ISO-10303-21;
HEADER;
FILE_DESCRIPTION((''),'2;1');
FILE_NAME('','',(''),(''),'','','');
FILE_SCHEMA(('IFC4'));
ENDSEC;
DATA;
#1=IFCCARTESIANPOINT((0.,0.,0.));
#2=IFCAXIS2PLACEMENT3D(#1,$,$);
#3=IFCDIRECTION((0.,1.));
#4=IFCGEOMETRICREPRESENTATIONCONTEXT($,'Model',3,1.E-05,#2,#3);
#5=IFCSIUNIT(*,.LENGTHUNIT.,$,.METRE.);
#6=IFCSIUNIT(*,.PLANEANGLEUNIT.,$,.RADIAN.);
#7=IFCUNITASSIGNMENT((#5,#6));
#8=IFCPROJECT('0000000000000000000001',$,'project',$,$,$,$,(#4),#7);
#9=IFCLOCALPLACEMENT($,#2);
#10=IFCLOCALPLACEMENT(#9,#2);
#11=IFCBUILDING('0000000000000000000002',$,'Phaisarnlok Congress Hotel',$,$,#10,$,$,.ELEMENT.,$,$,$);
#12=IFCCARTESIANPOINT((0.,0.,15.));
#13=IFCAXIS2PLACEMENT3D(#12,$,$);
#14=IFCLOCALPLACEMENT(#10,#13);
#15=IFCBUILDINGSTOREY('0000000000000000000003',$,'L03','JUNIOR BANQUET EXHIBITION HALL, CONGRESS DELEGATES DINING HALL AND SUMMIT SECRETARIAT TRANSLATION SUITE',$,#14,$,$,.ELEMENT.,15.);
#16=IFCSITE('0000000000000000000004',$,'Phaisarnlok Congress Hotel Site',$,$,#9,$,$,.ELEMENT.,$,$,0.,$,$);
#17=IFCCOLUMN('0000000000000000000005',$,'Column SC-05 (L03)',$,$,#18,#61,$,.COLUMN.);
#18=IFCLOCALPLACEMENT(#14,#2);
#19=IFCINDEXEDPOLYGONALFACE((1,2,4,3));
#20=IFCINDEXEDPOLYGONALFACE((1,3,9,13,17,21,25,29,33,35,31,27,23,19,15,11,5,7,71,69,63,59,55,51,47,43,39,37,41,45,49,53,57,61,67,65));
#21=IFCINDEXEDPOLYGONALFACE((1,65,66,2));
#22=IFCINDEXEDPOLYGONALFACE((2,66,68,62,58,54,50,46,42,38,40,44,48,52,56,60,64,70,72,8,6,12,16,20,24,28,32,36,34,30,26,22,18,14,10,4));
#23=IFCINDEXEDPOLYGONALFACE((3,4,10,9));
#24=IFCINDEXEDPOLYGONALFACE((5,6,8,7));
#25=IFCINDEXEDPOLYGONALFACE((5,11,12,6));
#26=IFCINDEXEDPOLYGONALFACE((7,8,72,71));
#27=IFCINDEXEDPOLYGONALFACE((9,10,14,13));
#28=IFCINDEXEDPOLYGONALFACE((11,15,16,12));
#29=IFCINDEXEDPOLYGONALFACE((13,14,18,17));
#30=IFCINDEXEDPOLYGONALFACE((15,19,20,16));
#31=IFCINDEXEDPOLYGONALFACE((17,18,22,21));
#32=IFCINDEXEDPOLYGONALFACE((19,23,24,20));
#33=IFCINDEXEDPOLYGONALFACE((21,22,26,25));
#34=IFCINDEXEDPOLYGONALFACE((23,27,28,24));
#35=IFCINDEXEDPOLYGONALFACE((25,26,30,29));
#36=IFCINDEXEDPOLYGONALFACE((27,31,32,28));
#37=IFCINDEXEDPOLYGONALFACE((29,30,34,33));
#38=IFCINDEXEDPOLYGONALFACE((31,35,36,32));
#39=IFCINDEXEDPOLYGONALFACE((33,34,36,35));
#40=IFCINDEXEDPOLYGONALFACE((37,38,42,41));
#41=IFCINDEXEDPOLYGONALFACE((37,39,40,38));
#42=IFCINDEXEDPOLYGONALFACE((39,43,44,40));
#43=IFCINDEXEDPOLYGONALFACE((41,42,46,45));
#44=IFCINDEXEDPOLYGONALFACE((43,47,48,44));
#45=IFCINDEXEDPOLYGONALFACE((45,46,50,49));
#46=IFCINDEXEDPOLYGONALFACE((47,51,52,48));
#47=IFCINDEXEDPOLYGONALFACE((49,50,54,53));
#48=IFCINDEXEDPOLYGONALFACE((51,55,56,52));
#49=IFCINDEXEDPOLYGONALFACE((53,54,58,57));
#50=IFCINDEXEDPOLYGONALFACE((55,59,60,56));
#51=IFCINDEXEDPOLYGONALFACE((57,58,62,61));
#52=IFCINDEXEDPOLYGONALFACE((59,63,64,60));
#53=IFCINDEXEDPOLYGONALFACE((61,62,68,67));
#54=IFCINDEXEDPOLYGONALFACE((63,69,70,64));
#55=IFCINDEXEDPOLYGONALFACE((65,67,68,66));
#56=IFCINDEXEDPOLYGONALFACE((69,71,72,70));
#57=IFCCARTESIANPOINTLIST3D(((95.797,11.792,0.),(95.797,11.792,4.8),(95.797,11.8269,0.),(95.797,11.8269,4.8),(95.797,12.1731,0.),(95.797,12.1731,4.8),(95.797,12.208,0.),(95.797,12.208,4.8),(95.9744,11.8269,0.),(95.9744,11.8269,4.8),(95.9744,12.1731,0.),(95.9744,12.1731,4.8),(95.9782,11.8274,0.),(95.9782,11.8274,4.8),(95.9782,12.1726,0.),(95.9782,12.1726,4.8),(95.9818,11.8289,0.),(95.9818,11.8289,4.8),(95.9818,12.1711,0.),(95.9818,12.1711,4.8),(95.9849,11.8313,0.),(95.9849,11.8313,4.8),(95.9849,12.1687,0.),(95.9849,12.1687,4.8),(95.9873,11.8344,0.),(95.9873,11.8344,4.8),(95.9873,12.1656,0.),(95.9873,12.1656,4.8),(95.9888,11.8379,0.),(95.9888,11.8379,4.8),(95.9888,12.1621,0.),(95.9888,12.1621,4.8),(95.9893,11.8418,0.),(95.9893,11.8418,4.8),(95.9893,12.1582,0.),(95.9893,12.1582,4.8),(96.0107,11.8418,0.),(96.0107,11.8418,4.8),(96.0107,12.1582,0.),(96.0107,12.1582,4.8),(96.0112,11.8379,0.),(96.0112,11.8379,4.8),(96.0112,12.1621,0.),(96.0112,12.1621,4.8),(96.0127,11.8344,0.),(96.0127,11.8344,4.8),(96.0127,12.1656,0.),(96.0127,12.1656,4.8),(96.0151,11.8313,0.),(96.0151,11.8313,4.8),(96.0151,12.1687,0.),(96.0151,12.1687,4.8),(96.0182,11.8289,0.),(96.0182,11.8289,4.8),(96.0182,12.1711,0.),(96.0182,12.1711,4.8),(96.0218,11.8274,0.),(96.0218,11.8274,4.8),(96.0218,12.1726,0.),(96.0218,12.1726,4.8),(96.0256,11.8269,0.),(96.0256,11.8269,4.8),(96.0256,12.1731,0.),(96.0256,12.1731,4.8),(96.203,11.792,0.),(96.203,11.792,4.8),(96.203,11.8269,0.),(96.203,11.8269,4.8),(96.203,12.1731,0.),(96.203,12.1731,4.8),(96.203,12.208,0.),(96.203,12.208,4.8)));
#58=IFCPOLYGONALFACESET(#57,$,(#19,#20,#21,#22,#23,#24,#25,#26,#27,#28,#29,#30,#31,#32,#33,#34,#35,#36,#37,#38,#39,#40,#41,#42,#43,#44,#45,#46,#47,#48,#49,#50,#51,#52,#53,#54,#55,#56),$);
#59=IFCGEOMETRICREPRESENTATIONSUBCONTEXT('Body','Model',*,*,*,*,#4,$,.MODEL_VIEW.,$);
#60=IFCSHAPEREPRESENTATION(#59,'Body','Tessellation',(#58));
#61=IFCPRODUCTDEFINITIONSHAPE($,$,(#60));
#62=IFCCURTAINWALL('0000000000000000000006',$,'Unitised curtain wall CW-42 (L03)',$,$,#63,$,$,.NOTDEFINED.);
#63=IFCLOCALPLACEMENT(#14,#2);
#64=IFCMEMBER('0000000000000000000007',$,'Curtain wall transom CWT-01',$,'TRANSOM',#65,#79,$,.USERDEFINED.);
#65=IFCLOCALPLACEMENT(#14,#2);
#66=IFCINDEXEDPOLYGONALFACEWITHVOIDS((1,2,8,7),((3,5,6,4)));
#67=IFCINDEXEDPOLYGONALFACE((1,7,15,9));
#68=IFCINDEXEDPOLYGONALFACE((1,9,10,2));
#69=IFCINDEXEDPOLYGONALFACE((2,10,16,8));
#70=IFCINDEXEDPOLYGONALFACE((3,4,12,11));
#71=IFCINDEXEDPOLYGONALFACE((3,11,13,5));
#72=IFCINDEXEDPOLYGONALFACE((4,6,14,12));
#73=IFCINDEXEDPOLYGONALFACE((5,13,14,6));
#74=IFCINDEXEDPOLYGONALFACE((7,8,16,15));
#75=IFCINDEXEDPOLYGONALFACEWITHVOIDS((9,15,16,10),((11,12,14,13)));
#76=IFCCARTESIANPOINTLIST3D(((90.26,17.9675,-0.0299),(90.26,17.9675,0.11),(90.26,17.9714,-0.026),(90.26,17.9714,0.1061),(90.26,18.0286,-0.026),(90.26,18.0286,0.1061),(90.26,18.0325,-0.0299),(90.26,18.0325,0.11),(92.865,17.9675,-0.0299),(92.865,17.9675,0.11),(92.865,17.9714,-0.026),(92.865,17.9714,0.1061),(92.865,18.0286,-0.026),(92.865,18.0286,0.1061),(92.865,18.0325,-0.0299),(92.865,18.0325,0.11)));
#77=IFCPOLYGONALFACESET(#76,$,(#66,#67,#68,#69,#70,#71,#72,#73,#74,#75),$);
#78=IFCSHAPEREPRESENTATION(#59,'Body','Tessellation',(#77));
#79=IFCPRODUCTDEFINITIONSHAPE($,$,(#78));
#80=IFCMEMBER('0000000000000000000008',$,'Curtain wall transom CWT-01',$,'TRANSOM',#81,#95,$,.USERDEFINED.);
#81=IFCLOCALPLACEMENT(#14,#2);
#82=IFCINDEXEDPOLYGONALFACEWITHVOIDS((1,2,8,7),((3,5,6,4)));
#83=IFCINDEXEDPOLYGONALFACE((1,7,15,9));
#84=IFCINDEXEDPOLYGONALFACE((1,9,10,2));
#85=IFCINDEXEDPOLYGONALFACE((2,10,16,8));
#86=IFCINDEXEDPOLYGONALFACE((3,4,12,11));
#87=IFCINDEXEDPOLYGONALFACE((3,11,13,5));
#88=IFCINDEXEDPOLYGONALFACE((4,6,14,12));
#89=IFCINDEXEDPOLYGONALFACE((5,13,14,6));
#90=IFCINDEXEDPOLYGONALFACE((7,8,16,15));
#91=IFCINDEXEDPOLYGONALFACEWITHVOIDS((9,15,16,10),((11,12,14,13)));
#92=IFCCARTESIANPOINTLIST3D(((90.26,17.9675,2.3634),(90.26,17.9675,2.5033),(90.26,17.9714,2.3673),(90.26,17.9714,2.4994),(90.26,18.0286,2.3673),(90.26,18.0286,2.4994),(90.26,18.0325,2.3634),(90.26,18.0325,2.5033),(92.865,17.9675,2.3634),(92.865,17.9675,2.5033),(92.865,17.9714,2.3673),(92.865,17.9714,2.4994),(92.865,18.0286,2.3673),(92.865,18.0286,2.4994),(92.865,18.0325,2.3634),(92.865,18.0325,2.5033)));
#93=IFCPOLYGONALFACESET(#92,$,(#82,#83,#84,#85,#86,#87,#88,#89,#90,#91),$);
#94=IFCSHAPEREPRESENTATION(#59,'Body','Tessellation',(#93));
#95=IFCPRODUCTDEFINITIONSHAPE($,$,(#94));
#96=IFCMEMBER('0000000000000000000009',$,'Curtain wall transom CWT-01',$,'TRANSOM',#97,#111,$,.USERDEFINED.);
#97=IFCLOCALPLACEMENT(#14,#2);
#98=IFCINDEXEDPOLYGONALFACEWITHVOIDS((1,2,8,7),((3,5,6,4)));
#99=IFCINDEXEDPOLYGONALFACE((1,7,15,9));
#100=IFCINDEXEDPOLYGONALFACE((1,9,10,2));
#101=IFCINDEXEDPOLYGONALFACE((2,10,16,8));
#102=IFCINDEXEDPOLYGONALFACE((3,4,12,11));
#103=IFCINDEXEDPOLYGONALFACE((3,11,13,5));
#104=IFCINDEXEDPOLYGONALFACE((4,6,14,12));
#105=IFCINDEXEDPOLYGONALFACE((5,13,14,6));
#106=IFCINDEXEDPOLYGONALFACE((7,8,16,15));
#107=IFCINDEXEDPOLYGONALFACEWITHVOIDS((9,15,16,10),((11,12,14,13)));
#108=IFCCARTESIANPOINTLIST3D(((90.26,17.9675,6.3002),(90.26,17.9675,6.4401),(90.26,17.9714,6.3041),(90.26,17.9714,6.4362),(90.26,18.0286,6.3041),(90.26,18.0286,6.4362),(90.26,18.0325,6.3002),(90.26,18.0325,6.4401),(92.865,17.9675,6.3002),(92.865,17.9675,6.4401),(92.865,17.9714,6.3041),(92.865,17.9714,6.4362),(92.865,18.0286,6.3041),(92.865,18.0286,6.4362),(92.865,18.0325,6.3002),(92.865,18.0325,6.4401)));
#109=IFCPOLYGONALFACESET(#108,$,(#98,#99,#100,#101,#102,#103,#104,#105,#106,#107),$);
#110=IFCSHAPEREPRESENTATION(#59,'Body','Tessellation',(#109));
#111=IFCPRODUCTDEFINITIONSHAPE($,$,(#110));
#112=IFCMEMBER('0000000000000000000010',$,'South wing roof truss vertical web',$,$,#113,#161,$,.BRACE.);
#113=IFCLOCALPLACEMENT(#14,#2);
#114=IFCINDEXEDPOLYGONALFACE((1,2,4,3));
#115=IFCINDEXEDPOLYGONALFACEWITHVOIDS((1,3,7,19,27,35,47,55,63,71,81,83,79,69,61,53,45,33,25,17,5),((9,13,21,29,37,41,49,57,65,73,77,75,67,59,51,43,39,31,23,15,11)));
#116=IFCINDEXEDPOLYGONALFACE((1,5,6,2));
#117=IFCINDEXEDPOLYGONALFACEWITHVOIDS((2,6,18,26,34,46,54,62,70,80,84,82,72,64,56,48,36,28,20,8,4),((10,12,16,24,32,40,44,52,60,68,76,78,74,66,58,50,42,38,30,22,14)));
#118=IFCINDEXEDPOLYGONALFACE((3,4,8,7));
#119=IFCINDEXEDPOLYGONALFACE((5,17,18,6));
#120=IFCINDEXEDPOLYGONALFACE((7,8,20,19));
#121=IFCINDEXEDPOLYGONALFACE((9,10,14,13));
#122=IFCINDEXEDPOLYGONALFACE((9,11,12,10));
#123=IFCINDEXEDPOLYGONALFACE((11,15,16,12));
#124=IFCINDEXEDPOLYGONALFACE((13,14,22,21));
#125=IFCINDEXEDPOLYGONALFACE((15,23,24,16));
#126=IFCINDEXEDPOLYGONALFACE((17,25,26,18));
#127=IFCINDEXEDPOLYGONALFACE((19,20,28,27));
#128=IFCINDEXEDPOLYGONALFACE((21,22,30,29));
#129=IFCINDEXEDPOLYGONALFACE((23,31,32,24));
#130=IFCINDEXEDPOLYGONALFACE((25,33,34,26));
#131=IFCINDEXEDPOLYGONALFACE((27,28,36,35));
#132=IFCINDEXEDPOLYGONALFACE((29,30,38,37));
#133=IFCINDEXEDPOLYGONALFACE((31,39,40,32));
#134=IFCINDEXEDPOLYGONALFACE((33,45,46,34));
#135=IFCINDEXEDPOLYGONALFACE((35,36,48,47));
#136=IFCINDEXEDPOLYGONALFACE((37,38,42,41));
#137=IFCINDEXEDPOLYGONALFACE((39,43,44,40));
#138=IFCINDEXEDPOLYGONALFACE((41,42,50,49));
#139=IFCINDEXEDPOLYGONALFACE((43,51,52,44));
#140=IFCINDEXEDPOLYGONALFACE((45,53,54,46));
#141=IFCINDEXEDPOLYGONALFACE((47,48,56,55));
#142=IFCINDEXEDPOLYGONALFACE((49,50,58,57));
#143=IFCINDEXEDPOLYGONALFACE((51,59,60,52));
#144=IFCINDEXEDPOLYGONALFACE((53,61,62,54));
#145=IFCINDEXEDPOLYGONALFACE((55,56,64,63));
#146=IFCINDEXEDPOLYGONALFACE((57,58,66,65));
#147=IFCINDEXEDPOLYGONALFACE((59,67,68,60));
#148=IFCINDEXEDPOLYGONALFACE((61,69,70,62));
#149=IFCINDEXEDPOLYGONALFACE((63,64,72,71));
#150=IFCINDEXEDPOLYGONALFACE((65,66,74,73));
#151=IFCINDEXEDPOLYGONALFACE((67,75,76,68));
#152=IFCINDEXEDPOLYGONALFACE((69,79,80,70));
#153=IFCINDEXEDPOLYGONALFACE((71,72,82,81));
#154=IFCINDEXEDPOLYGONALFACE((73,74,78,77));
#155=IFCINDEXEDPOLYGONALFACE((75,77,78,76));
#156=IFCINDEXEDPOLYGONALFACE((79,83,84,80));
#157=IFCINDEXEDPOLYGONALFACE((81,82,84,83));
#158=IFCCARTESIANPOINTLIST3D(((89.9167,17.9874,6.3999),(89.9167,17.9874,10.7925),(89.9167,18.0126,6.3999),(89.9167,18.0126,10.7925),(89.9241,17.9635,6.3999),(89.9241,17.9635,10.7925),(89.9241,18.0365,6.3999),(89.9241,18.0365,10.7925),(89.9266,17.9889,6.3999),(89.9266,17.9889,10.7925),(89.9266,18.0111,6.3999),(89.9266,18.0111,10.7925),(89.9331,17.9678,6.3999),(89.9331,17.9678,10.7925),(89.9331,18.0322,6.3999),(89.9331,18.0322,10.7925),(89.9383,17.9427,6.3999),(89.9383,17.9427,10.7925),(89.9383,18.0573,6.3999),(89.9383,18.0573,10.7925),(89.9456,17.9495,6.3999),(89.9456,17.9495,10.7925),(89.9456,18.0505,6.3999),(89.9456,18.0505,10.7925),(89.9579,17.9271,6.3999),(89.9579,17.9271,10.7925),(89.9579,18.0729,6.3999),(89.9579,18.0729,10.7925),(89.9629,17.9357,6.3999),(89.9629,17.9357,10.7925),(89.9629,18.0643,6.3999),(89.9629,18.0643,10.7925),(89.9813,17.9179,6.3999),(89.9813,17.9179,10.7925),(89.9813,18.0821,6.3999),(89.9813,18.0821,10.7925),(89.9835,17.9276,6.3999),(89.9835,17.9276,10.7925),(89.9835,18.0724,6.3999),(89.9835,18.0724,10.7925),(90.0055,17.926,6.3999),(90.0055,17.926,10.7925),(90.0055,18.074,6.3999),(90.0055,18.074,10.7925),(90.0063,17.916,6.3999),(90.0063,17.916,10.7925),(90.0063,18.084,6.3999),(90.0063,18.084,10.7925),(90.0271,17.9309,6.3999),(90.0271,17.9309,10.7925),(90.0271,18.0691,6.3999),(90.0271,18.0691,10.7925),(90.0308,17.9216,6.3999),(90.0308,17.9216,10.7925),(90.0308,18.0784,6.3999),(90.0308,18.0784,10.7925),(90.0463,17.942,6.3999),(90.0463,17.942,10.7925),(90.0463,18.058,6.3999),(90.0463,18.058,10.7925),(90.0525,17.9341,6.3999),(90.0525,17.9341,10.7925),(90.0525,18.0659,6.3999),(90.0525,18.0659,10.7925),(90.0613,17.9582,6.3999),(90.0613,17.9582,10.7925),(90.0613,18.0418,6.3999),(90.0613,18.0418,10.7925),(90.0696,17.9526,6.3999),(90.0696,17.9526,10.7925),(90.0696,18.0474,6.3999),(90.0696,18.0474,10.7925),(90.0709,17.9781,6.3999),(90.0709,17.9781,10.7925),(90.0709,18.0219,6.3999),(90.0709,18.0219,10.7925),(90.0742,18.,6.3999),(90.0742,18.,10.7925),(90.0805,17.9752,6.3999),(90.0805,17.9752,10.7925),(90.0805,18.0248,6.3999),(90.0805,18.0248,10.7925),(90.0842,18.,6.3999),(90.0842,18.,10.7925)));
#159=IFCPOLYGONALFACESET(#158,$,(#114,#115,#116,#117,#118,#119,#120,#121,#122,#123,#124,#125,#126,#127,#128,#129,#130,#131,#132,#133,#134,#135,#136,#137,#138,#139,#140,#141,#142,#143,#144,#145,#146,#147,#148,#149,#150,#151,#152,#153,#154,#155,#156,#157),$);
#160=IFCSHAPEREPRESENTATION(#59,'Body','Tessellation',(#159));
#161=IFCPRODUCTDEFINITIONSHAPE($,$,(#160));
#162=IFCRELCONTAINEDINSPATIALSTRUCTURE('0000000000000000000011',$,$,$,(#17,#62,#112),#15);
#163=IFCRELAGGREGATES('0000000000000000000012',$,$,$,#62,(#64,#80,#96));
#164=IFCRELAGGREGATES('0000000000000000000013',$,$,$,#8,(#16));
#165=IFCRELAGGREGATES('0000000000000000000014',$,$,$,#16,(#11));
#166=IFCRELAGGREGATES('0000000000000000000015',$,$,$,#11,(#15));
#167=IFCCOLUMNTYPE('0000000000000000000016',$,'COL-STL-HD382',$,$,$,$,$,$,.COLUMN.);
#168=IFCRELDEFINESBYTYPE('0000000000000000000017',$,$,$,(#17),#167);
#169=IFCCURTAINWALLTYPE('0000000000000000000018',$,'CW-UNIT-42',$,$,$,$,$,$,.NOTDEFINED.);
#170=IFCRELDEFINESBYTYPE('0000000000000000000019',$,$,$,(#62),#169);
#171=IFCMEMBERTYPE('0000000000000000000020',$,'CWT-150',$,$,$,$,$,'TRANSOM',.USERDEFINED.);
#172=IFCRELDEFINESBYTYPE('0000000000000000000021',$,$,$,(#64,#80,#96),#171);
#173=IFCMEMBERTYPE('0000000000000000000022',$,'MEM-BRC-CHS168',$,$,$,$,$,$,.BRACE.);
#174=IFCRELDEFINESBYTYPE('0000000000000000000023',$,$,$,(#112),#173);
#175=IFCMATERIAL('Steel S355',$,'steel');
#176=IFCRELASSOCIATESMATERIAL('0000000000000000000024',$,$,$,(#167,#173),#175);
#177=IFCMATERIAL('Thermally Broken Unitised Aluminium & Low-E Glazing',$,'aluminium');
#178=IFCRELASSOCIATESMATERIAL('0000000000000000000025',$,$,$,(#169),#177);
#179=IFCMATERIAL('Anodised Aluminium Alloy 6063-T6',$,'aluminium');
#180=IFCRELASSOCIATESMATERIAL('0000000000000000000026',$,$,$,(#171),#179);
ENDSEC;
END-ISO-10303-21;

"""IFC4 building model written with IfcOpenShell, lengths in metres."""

from ifc_helpers import new_model, si_unit, direction, frame, origin, origin_2d, place, context, subcontext, project, spatial, hollow_rectangle, hollow_circle, i_section, extrude, material, material_profile, profile_set, type_object, element, aggregate, save


model = new_model("IFC4")

# Units and contexts
model_context = context("Model", 3, precision=1e-05, world=origin(), true_north=direction((0.0, 1.0)))
body_context = subcontext(model_context, "Body", "Model", "MODEL_VIEW")
ifc_project = project(units=[si_unit("LENGTHUNIT", "METRE"), si_unit("PLANEANGLEUNIT", "RADIAN")], contexts=[model_context])

# Site, building, storey
site_placement = place(None, origin())
site = spatial("IfcSite", under=ifc_project, at=site_placement, Name="Phaisarnlok Congress Hotel Site", CompositionType="ELEMENT", RefElevation=0.0)
building_placement = place(site_placement, origin())
building = spatial("IfcBuilding", under=site, at=building_placement, Name="Phaisarnlok Congress Hotel", CompositionType="ELEMENT")
storey_placement = place(building_placement, frame((0.0, 0.0, 15.0)))
storey = spatial("IfcBuildingStorey", under=building, at=storey_placement, Name="L03", Description="JUNIOR BANQUET EXHIBITION HALL, CONGRESS DELEGATES DINING HALL AND SUMMIT SECRETARIAT TRANSLATION SUITE", CompositionType="ELEMENT", Elevation=15.0)

# Column
ifc_material_1 = material(Name="Steel S355", Category="steel")
ifc_material_profile_1 = material_profile(ifc_material_1, i_section(OverallWidth=0.406, OverallDepth=0.416, WebThickness=0.0215, FlangeThickness=0.0349, FilletRadius=0.0149, at=origin_2d()), Name="HD 400x382")
ifc_profile_set_1 = profile_set([ifc_material_profile_1], Name="Steel S355")
column_type = type_object("IfcColumnType", Name="COL-STL-HD382", PredefinedType="COLUMN", material=ifc_profile_set_1)
column_placement = place(storey_placement, frame((96.0, 12.0, 0.0), z_axis=(0.0, 0.0, 1.0), x_axis=(1.0, 0.0, 0.0)))
element("IfcColumn", 1, at=column_placement, inside=storey, type_object=column_type, Name="Column SC-05 (L03)", PredefinedType="COLUMN", context=body_context, shape_type="SweptSolid", body=[
    extrude(i_section(OverallWidth=0.406, OverallDepth=0.416, WebThickness=0.0215, FlangeThickness=0.0349, FilletRadius=0.0149, at=origin_2d()), origin(), (0.0, 0.0, 1.0), 4.8),
])

# Curtain wall, members
ifc_material_2 = material(Name="Thermally Broken Unitised Aluminium & Low-E Glazing", Category="aluminium")
curtain_wall_type = type_object("IfcCurtainWallType", Name="CW-UNIT-42", PredefinedType="NOTDEFINED", material=ifc_material_2)
curtain_wall_placement = place(storey_placement, origin())
curtain_wall = element("IfcCurtainWall", 2, at=curtain_wall_placement, inside=storey, type_object=curtain_wall_type, Name="Unitised curtain wall CW-42 (L03)", PredefinedType="NOTDEFINED")
ifc_material_3 = material(Name="Anodised Aluminium Alloy 6063-T6", Category="aluminium")
ifc_material_profile_2 = material_profile(ifc_material_3, hollow_rectangle(XDim=0.0649, YDim=0.1399, WallThickness=0.0039, at=origin_2d()), Name="ALU-T 65x140x4")
ifc_profile_set_2 = profile_set([ifc_material_profile_2], Name="Anodised Aluminium Alloy 6063-T6")
member_type_1 = type_object("IfcMemberType", Name="CWT-150", ElementType="TRANSOM", PredefinedType="USERDEFINED", material=ifc_profile_set_2)
member_1_placement = place(storey_placement, frame((90.26, 18.0, 0.04), z_axis=(1.0, 0.0, 0.0), x_axis=(0.0, 1.0, 0.0)))
member_1 = element("IfcMember", 3, at=member_1_placement, type_object=member_type_1, Name="Curtain wall transom CWT-01", ObjectType="TRANSOM", PredefinedType="USERDEFINED", context=body_context, shape_type="SweptSolid", body=[
    extrude(hollow_rectangle(XDim=0.0649, YDim=0.1399, WallThickness=0.0039, at=origin_2d()), origin(), (0.0, 0.0, 1.0), 2.605),
])
member_2_placement = place(storey_placement, frame((90.26, 18.0, 2.4333), z_axis=(1.0, 0.0, 0.0), x_axis=(0.0, 1.0, 0.0)))
member_2 = element("IfcMember", 4, at=member_2_placement, type_object=member_type_1, Name="Curtain wall transom CWT-01", ObjectType="TRANSOM", PredefinedType="USERDEFINED", context=body_context, shape_type="SweptSolid", body=[
    extrude(hollow_rectangle(XDim=0.0649, YDim=0.1399, WallThickness=0.0039, at=origin_2d()), origin(), (0.0, 0.0, 1.0), 2.605),
])
member_3_placement = place(storey_placement, frame((90.26, 18.0, 6.3701), z_axis=(1.0, 0.0, 0.0), x_axis=(0.0, 1.0, 0.0)))
member_3 = element("IfcMember", 5, at=member_3_placement, type_object=member_type_1, Name="Curtain wall transom CWT-01", ObjectType="TRANSOM", PredefinedType="USERDEFINED", context=body_context, shape_type="SweptSolid", body=[
    extrude(hollow_rectangle(XDim=0.0649, YDim=0.1399, WallThickness=0.0039, at=origin_2d()), origin(), (0.0, 0.0, 1.0), 2.605),
])

# Member
ifc_material_profile_3 = material_profile(ifc_material_1, hollow_circle(Radius=0.0842, WallThickness=0.01, at=origin_2d()), Name="CHS 168.3x10")
ifc_profile_set_3 = profile_set([ifc_material_profile_3], Name="Steel S355")
member_type_2 = type_object("IfcMemberType", Name="MEM-BRC-CHS168", PredefinedType="BRACE", material=ifc_profile_set_3)
member_4_placement = place(storey_placement, frame((90.0, 18.0, 6.3999), z_axis=(0.0, 0.0, 1.0), x_axis=(1.0, 0.0, 0.0)))
element("IfcMember", 6, at=member_4_placement, inside=storey, type_object=member_type_2, Name="South wing roof truss vertical web", PredefinedType="BRACE", context=body_context, shape_type="SweptSolid", body=[
    extrude(hollow_circle(Radius=0.0842, WallThickness=0.01, at=origin_2d()), origin(), (0.0, 0.0, 1.0), 4.3926),
])

aggregate(curtain_wall, [member_1, member_2, member_3])

save(model, "model.ifc")
